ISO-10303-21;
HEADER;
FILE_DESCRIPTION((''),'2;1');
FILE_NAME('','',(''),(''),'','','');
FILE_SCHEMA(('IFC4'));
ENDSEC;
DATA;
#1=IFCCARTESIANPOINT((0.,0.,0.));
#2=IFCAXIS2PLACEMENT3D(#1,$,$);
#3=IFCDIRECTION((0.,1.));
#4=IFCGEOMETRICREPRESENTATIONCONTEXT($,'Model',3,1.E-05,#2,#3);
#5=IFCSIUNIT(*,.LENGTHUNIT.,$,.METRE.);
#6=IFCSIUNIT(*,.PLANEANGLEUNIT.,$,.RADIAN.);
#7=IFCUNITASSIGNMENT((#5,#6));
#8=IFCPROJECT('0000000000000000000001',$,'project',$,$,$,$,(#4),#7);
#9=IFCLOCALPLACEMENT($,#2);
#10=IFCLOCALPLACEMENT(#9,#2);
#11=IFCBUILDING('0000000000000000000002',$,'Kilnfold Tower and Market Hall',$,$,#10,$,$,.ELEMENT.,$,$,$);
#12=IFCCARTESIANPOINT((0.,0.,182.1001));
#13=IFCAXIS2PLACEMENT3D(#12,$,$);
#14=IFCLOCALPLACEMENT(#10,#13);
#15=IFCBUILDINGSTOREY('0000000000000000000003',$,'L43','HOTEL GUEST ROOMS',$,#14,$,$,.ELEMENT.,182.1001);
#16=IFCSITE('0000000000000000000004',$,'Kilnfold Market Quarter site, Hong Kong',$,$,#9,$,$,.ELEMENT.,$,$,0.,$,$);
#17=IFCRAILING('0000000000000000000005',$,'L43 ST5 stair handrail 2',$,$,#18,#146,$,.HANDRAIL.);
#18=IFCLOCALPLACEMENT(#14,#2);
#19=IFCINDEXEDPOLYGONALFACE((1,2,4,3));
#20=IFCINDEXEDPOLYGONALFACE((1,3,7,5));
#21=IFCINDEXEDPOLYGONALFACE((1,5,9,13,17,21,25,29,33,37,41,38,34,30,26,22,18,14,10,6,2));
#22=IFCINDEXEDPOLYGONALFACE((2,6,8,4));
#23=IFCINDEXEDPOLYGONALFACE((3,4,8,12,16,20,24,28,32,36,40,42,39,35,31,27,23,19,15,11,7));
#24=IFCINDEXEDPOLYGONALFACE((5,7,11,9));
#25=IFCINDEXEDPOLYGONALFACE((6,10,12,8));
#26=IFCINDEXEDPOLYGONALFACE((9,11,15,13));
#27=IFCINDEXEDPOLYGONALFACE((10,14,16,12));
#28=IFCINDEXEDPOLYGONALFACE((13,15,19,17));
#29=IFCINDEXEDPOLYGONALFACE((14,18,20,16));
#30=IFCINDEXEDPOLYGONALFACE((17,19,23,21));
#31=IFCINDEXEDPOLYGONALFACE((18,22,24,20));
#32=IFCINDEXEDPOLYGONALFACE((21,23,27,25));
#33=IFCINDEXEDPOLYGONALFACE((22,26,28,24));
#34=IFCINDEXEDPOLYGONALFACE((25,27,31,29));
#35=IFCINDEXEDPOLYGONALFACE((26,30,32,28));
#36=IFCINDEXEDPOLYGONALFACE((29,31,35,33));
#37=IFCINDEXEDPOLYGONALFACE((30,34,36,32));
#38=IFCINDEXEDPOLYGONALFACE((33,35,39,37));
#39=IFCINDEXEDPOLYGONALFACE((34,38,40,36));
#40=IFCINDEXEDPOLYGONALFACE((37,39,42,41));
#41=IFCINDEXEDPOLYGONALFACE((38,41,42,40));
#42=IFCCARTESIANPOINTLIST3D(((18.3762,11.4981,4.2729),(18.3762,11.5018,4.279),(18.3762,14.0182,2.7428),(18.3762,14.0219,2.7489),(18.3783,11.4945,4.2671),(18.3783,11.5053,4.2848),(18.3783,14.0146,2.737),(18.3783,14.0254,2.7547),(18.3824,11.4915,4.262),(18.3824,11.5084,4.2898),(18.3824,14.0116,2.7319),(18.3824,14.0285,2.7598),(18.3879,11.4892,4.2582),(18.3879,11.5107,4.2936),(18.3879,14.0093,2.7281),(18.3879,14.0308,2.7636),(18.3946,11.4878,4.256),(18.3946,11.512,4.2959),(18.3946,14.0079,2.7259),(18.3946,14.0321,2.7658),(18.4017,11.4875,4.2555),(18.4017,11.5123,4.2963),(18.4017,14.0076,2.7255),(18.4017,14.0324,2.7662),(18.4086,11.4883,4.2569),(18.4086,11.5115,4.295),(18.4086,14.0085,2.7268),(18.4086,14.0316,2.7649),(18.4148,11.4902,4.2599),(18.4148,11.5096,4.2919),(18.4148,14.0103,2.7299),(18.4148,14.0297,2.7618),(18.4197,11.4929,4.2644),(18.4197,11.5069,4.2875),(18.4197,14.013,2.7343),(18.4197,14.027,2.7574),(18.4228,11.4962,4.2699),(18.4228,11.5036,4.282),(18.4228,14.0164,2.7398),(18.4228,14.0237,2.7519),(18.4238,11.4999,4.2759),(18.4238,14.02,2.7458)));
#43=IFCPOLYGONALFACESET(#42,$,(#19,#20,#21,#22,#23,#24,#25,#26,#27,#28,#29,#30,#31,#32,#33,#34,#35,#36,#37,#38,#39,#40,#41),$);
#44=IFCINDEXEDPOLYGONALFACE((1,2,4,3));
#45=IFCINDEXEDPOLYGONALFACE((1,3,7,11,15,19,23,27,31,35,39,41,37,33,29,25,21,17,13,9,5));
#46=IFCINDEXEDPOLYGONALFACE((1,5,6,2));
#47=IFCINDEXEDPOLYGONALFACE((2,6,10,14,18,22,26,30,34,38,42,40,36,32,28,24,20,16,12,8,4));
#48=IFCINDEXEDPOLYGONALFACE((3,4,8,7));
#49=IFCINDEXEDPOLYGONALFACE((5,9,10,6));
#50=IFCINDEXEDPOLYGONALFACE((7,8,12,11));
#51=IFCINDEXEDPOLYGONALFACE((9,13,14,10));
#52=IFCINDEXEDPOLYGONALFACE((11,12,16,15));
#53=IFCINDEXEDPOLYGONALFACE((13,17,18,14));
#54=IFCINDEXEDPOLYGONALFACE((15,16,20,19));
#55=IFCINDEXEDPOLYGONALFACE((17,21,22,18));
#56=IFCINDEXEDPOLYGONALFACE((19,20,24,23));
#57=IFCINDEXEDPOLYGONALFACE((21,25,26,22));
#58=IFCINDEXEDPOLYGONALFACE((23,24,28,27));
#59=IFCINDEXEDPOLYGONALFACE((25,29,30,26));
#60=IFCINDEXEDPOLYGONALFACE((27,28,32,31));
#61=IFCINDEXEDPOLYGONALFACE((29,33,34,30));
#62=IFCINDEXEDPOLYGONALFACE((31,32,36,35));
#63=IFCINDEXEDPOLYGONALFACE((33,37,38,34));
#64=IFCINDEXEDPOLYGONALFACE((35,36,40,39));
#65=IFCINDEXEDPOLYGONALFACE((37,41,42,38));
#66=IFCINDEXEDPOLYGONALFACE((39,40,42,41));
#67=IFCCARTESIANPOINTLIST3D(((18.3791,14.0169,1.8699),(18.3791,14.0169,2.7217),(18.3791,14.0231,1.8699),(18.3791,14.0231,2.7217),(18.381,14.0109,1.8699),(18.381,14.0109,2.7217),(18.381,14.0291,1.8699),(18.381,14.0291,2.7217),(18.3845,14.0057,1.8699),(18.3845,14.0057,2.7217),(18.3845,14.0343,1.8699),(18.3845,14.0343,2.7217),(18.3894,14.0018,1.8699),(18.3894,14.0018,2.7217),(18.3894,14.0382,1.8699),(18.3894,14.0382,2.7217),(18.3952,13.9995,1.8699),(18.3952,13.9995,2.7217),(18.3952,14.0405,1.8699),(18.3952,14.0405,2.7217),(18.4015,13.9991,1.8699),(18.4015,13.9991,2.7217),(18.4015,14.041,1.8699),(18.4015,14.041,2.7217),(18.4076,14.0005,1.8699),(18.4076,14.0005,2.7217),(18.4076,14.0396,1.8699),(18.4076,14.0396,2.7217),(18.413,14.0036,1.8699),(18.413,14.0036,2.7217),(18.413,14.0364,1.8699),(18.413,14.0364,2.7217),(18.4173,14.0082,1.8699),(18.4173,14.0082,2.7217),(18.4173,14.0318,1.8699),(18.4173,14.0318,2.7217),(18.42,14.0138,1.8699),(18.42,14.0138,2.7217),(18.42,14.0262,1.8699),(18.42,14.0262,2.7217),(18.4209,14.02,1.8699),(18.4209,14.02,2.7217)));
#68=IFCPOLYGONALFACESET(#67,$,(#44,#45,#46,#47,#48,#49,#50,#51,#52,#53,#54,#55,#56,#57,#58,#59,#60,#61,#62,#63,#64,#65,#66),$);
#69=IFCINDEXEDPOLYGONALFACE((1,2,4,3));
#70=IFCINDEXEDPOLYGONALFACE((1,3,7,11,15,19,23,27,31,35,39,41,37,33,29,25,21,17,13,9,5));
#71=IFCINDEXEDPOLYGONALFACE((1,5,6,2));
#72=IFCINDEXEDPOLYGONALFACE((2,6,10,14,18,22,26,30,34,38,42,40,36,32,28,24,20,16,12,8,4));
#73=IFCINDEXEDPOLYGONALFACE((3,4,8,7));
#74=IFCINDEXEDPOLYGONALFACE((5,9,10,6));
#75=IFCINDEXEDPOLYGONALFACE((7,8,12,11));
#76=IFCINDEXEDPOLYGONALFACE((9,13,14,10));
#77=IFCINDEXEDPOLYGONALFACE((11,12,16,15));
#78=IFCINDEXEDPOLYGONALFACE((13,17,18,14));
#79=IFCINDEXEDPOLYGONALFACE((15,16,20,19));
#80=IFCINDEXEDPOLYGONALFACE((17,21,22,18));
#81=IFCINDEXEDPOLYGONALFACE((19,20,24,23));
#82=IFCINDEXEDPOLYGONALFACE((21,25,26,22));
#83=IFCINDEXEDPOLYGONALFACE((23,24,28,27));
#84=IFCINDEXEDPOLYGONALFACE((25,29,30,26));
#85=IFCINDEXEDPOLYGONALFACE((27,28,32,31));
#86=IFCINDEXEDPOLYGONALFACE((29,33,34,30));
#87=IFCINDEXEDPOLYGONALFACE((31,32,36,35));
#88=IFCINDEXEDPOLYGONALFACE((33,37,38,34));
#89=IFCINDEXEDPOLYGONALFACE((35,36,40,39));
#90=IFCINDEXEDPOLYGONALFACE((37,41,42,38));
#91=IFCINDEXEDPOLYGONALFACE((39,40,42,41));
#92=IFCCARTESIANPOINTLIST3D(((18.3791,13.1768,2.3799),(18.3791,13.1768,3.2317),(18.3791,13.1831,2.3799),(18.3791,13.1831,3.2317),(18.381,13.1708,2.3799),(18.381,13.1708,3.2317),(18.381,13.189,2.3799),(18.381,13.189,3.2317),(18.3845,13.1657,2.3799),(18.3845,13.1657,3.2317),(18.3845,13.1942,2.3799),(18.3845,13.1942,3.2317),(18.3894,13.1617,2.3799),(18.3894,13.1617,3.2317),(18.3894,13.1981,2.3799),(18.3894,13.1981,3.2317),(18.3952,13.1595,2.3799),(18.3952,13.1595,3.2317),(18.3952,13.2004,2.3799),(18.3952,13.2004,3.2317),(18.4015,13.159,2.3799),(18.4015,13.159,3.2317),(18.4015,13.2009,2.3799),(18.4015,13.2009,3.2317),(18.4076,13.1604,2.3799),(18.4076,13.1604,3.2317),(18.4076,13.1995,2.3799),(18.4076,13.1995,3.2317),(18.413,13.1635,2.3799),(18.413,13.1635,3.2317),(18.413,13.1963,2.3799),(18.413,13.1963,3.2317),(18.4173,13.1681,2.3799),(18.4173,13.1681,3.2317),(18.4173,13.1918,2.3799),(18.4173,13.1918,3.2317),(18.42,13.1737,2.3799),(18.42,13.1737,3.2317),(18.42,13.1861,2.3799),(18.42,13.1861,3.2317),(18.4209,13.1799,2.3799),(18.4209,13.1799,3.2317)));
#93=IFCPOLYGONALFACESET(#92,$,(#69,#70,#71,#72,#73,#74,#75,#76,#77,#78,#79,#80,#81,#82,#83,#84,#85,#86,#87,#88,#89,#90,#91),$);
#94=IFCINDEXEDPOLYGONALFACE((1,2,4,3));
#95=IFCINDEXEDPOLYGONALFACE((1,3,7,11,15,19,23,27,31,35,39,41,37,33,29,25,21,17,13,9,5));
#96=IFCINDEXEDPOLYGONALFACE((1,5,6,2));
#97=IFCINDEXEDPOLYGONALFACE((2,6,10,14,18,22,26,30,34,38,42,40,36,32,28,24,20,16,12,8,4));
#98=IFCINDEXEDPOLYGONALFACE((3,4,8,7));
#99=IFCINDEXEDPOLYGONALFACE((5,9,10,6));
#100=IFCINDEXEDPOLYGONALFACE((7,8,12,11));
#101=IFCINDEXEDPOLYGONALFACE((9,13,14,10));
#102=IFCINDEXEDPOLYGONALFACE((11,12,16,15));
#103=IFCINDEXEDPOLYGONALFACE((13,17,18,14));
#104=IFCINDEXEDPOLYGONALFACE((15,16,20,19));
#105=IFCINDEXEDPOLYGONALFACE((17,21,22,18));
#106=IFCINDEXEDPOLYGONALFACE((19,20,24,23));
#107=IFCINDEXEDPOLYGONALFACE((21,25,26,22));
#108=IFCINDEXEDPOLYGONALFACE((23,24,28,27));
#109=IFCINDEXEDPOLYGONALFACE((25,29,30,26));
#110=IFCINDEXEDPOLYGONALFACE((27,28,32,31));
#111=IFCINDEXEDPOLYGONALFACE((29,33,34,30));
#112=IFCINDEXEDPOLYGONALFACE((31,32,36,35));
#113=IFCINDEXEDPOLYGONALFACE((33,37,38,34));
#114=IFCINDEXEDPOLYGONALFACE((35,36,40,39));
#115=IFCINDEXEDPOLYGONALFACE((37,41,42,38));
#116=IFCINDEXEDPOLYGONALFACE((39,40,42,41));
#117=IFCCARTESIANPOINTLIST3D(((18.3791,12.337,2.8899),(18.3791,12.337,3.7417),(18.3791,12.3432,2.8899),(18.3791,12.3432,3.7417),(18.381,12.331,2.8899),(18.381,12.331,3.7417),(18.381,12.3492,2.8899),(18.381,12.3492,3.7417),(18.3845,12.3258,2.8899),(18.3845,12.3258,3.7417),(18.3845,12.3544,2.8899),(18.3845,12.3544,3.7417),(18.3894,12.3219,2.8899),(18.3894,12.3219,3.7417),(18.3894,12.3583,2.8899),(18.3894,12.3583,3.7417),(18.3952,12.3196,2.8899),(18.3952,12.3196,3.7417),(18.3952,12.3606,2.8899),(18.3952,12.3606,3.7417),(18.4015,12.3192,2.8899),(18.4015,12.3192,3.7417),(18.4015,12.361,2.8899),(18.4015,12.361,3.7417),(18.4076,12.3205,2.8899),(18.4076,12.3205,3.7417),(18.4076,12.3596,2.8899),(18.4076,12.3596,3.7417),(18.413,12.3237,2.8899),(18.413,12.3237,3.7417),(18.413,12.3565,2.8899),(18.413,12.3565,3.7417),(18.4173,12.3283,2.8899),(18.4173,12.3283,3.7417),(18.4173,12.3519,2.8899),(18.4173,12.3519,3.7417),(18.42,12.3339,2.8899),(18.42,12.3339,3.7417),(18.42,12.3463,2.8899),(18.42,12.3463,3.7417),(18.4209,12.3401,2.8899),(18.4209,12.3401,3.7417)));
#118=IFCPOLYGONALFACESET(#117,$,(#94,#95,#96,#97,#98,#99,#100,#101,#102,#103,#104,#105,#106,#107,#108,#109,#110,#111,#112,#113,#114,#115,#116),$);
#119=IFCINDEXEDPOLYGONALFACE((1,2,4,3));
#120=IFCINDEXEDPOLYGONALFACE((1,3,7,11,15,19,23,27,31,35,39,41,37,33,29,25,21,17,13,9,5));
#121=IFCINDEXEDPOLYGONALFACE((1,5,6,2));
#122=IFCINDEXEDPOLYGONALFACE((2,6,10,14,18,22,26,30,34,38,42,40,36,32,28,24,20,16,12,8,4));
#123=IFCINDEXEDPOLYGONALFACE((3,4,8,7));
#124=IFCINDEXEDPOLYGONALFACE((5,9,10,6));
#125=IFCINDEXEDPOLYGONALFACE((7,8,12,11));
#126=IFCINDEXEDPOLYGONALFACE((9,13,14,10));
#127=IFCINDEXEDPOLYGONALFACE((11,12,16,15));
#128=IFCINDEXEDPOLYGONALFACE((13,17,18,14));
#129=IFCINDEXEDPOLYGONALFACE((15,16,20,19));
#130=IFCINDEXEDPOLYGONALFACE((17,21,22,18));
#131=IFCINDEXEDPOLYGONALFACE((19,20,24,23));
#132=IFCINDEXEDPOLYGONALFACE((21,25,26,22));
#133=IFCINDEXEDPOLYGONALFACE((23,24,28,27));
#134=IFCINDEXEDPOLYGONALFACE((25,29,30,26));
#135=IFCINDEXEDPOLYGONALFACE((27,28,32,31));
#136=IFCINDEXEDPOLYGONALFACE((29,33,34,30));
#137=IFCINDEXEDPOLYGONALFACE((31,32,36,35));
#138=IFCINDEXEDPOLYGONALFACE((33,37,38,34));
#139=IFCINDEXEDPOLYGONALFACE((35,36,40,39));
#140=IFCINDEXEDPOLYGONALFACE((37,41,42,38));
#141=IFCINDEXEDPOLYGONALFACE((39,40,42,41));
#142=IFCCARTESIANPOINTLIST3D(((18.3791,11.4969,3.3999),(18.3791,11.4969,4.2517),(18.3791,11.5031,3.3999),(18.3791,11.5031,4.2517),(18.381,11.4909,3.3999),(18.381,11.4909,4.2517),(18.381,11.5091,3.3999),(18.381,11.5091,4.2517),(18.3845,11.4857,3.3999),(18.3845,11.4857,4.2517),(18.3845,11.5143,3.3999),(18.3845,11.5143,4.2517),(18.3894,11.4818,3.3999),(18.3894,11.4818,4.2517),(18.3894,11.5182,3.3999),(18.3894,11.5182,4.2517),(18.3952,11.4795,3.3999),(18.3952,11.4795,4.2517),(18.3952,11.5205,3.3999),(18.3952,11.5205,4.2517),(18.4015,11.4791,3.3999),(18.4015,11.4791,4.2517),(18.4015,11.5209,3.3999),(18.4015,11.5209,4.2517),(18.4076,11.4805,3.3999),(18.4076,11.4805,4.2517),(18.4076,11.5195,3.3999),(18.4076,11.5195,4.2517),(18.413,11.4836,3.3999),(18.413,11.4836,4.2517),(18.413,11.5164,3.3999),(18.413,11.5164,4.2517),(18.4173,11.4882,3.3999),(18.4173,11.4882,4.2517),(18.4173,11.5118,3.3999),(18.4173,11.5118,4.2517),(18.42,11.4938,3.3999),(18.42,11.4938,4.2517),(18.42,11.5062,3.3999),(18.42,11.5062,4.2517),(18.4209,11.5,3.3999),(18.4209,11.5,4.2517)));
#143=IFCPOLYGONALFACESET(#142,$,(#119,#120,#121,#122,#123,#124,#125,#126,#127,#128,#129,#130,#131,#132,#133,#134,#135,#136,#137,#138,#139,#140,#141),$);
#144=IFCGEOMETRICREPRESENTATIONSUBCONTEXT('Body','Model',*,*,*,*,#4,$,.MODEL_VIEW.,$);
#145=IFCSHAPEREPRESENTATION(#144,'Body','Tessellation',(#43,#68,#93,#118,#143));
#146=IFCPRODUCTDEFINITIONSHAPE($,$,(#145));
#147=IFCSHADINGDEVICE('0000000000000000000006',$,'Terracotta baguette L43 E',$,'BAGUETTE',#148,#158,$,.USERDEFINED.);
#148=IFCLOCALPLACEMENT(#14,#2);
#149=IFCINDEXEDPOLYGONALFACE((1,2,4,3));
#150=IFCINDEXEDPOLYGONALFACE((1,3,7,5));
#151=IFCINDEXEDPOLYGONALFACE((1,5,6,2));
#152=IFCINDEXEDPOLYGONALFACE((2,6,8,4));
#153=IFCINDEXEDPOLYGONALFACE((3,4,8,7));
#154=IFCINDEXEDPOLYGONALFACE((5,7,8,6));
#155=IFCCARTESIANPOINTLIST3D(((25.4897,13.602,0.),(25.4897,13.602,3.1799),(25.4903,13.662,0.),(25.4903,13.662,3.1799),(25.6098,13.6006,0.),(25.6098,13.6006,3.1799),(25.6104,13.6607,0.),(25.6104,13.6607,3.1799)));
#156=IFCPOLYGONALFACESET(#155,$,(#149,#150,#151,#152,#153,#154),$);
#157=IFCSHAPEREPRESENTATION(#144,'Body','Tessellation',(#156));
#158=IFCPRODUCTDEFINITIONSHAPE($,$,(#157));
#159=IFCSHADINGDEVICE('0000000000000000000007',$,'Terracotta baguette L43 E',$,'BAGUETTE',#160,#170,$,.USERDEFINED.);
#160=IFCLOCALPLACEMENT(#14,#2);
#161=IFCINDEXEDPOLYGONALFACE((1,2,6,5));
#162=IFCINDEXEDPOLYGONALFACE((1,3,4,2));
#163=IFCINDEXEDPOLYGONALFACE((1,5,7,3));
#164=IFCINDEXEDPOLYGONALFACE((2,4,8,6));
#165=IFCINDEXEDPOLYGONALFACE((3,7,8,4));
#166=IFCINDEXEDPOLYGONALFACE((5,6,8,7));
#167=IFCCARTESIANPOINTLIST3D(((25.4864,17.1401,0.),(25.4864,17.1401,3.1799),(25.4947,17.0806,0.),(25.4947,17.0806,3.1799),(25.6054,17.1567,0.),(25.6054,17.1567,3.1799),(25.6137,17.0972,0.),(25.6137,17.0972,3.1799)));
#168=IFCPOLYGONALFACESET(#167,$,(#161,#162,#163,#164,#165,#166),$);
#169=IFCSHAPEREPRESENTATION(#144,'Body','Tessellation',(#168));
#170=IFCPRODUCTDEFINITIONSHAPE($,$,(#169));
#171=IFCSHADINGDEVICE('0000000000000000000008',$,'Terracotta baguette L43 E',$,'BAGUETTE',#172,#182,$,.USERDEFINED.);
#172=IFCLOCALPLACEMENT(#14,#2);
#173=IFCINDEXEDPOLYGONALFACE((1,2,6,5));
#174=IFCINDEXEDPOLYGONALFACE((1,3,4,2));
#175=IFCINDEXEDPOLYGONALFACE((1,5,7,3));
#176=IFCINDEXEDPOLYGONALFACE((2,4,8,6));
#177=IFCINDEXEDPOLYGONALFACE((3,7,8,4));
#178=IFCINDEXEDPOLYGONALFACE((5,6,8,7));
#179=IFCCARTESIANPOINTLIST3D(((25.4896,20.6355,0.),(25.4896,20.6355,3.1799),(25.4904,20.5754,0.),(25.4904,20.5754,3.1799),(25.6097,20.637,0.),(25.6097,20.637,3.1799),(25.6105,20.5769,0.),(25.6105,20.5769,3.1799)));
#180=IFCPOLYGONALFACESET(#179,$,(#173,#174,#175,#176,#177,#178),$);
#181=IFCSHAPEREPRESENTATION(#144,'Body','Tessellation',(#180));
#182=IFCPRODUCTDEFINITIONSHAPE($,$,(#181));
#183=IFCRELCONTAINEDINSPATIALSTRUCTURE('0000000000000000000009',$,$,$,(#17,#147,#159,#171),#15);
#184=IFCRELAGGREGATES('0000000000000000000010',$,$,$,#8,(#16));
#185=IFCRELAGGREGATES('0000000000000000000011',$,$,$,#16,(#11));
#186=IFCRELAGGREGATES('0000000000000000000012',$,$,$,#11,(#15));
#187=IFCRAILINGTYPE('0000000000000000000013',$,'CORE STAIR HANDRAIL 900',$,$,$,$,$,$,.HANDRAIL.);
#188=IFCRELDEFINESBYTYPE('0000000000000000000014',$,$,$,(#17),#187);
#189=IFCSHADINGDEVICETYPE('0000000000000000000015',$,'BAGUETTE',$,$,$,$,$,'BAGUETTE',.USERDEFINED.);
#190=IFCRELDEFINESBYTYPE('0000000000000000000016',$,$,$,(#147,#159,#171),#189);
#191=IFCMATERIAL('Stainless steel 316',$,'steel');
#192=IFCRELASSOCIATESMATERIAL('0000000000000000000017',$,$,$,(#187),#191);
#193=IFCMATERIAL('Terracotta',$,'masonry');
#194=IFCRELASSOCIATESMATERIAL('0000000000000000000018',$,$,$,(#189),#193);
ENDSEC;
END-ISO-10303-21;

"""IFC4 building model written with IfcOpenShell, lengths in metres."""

from ifc_helpers import new_model, si_unit, direction, frame, origin, origin_2d, place, context, subcontext, project, spatial, rectangle, circle, extrude, source, transform, mapped, material, material_profile, profile_set, type_object, element, save


model = new_model("IFC4")

# Units and contexts
model_context = context("Model", 3, precision=1e-05, world=origin(), true_north=direction((0.0, 1.0)))
body_context = subcontext(model_context, "Body", "Model", "MODEL_VIEW")
ifc_project = project(units=[si_unit("LENGTHUNIT", "METRE"), si_unit("PLANEANGLEUNIT", "RADIAN")], contexts=[model_context])

# Site, building, storey
site_placement = place(None, origin())
site = spatial("IfcSite", under=ifc_project, at=site_placement, Name="Kilnfold Market Quarter site, Hong Kong", CompositionType="ELEMENT", RefElevation=0.0)
building_placement = place(site_placement, origin())
building = spatial("IfcBuilding", under=site, at=building_placement, Name="Kilnfold Tower and Market Hall", CompositionType="ELEMENT")
storey_placement = place(building_placement, frame((0.0, 0.0, 182.1001)))
storey = spatial("IfcBuildingStorey", under=building, at=storey_placement, Name="L43", Description="HOTEL GUEST ROOMS", CompositionType="ELEMENT", Elevation=182.1001)

# Railing
ifc_material_1 = material(Name="Stainless steel 316", Category="steel")
railing_type = type_object("IfcRailingType", Name="CORE STAIR HANDRAIL 900", PredefinedType="HANDRAIL", material=ifc_material_1)
for number, where, name in (
    (1, (18.3999, 14.02, 1.8699), "L43 ST5 stair handrail 2"),
):
    element("IfcRailing", number, at=place(storey_placement, frame(where)), inside=storey, type_object=railing_type, Name=name, PredefinedType="HANDRAIL", context=body_context, shape_type="SweptSolid", body=[
        extrude(circle(Radius=0.0239, at=origin_2d()), frame((0.0, 0.0, 0.876), z_axis=(0.0, -0.854785, 0.518982), x_axis=(1.0, 0.0, 0.0)), (0.0, 0.0, 1.0), 2.9482),
        extrude(circle(Radius=0.021, at=origin_2d()), origin(), (0.0, 0.0, 1.0), 0.8518),
        extrude(circle(Radius=0.021, at=origin_2d()), frame((0.0, -0.8401, 0.51)), (0.0, 0.0, 1.0), 0.8518),
        extrude(circle(Radius=0.021, at=origin_2d()), frame((0.0, -1.6799, 1.02)), (0.0, 0.0, 1.0), 0.8518),
        extrude(circle(Radius=0.021, at=origin_2d()), frame((0.0, -2.52, 1.53)), (0.0, 0.0, 1.0), 0.8518),
    ])

# Shading devices
ifc_material_2 = material(Name="Terracotta", Category="masonry")
ifc_material_profile_1 = material_profile(ifc_material_2, rectangle(XDim=0.0601, YDim=0.1201, at=origin_2d()), Name="BAG 60x120")
ifc_profile_set_1 = profile_set([ifc_material_profile_1], Name="Terracotta")
shading_device_type = type_object("IfcShadingDeviceType", Name="BAGUETTE", ElementType="BAGUETTE", PredefinedType="USERDEFINED", material=ifc_profile_set_1)
shared_shape_1 = source(origin(), body_context, "Body", "SweptSolid", [
    extrude(rectangle(XDim=0.0601, YDim=0.1201, at=origin_2d()), origin(), (0.0, 0.0, 1.0), 3.1799),
])
for number, where, z_axis, x_axis, name in (
    (2, (25.55, 13.6313, 0.0), (0.0, 0.0, 1.0), (0.011205, 0.999937, 0.0), "Terracotta baguette L43 E"),
    (3, (25.55, 17.1187, 0.0), (0.0, 0.0, 1.0), (-0.138663, 0.99034, 0.0), "Terracotta baguette L43 E"),
    (4, (25.55, 20.6062, 0.0), (0.0, 0.0, 1.0), (-0.012765, 0.999919, 0.0), "Terracotta baguette L43 E"),
):
    element("IfcShadingDevice", number, at=place(storey_placement, frame(where, z_axis=z_axis, x_axis=x_axis)), inside=storey, type_object=shading_device_type, Name=name, ObjectType="BAGUETTE", PredefinedType="USERDEFINED", context=body_context, shape_type="MappedRepresentation", body=[
        mapped(shared_shape_1, transform((0.0, 0.0, 0.0))),
    ])

save(model, "model.ifc")
